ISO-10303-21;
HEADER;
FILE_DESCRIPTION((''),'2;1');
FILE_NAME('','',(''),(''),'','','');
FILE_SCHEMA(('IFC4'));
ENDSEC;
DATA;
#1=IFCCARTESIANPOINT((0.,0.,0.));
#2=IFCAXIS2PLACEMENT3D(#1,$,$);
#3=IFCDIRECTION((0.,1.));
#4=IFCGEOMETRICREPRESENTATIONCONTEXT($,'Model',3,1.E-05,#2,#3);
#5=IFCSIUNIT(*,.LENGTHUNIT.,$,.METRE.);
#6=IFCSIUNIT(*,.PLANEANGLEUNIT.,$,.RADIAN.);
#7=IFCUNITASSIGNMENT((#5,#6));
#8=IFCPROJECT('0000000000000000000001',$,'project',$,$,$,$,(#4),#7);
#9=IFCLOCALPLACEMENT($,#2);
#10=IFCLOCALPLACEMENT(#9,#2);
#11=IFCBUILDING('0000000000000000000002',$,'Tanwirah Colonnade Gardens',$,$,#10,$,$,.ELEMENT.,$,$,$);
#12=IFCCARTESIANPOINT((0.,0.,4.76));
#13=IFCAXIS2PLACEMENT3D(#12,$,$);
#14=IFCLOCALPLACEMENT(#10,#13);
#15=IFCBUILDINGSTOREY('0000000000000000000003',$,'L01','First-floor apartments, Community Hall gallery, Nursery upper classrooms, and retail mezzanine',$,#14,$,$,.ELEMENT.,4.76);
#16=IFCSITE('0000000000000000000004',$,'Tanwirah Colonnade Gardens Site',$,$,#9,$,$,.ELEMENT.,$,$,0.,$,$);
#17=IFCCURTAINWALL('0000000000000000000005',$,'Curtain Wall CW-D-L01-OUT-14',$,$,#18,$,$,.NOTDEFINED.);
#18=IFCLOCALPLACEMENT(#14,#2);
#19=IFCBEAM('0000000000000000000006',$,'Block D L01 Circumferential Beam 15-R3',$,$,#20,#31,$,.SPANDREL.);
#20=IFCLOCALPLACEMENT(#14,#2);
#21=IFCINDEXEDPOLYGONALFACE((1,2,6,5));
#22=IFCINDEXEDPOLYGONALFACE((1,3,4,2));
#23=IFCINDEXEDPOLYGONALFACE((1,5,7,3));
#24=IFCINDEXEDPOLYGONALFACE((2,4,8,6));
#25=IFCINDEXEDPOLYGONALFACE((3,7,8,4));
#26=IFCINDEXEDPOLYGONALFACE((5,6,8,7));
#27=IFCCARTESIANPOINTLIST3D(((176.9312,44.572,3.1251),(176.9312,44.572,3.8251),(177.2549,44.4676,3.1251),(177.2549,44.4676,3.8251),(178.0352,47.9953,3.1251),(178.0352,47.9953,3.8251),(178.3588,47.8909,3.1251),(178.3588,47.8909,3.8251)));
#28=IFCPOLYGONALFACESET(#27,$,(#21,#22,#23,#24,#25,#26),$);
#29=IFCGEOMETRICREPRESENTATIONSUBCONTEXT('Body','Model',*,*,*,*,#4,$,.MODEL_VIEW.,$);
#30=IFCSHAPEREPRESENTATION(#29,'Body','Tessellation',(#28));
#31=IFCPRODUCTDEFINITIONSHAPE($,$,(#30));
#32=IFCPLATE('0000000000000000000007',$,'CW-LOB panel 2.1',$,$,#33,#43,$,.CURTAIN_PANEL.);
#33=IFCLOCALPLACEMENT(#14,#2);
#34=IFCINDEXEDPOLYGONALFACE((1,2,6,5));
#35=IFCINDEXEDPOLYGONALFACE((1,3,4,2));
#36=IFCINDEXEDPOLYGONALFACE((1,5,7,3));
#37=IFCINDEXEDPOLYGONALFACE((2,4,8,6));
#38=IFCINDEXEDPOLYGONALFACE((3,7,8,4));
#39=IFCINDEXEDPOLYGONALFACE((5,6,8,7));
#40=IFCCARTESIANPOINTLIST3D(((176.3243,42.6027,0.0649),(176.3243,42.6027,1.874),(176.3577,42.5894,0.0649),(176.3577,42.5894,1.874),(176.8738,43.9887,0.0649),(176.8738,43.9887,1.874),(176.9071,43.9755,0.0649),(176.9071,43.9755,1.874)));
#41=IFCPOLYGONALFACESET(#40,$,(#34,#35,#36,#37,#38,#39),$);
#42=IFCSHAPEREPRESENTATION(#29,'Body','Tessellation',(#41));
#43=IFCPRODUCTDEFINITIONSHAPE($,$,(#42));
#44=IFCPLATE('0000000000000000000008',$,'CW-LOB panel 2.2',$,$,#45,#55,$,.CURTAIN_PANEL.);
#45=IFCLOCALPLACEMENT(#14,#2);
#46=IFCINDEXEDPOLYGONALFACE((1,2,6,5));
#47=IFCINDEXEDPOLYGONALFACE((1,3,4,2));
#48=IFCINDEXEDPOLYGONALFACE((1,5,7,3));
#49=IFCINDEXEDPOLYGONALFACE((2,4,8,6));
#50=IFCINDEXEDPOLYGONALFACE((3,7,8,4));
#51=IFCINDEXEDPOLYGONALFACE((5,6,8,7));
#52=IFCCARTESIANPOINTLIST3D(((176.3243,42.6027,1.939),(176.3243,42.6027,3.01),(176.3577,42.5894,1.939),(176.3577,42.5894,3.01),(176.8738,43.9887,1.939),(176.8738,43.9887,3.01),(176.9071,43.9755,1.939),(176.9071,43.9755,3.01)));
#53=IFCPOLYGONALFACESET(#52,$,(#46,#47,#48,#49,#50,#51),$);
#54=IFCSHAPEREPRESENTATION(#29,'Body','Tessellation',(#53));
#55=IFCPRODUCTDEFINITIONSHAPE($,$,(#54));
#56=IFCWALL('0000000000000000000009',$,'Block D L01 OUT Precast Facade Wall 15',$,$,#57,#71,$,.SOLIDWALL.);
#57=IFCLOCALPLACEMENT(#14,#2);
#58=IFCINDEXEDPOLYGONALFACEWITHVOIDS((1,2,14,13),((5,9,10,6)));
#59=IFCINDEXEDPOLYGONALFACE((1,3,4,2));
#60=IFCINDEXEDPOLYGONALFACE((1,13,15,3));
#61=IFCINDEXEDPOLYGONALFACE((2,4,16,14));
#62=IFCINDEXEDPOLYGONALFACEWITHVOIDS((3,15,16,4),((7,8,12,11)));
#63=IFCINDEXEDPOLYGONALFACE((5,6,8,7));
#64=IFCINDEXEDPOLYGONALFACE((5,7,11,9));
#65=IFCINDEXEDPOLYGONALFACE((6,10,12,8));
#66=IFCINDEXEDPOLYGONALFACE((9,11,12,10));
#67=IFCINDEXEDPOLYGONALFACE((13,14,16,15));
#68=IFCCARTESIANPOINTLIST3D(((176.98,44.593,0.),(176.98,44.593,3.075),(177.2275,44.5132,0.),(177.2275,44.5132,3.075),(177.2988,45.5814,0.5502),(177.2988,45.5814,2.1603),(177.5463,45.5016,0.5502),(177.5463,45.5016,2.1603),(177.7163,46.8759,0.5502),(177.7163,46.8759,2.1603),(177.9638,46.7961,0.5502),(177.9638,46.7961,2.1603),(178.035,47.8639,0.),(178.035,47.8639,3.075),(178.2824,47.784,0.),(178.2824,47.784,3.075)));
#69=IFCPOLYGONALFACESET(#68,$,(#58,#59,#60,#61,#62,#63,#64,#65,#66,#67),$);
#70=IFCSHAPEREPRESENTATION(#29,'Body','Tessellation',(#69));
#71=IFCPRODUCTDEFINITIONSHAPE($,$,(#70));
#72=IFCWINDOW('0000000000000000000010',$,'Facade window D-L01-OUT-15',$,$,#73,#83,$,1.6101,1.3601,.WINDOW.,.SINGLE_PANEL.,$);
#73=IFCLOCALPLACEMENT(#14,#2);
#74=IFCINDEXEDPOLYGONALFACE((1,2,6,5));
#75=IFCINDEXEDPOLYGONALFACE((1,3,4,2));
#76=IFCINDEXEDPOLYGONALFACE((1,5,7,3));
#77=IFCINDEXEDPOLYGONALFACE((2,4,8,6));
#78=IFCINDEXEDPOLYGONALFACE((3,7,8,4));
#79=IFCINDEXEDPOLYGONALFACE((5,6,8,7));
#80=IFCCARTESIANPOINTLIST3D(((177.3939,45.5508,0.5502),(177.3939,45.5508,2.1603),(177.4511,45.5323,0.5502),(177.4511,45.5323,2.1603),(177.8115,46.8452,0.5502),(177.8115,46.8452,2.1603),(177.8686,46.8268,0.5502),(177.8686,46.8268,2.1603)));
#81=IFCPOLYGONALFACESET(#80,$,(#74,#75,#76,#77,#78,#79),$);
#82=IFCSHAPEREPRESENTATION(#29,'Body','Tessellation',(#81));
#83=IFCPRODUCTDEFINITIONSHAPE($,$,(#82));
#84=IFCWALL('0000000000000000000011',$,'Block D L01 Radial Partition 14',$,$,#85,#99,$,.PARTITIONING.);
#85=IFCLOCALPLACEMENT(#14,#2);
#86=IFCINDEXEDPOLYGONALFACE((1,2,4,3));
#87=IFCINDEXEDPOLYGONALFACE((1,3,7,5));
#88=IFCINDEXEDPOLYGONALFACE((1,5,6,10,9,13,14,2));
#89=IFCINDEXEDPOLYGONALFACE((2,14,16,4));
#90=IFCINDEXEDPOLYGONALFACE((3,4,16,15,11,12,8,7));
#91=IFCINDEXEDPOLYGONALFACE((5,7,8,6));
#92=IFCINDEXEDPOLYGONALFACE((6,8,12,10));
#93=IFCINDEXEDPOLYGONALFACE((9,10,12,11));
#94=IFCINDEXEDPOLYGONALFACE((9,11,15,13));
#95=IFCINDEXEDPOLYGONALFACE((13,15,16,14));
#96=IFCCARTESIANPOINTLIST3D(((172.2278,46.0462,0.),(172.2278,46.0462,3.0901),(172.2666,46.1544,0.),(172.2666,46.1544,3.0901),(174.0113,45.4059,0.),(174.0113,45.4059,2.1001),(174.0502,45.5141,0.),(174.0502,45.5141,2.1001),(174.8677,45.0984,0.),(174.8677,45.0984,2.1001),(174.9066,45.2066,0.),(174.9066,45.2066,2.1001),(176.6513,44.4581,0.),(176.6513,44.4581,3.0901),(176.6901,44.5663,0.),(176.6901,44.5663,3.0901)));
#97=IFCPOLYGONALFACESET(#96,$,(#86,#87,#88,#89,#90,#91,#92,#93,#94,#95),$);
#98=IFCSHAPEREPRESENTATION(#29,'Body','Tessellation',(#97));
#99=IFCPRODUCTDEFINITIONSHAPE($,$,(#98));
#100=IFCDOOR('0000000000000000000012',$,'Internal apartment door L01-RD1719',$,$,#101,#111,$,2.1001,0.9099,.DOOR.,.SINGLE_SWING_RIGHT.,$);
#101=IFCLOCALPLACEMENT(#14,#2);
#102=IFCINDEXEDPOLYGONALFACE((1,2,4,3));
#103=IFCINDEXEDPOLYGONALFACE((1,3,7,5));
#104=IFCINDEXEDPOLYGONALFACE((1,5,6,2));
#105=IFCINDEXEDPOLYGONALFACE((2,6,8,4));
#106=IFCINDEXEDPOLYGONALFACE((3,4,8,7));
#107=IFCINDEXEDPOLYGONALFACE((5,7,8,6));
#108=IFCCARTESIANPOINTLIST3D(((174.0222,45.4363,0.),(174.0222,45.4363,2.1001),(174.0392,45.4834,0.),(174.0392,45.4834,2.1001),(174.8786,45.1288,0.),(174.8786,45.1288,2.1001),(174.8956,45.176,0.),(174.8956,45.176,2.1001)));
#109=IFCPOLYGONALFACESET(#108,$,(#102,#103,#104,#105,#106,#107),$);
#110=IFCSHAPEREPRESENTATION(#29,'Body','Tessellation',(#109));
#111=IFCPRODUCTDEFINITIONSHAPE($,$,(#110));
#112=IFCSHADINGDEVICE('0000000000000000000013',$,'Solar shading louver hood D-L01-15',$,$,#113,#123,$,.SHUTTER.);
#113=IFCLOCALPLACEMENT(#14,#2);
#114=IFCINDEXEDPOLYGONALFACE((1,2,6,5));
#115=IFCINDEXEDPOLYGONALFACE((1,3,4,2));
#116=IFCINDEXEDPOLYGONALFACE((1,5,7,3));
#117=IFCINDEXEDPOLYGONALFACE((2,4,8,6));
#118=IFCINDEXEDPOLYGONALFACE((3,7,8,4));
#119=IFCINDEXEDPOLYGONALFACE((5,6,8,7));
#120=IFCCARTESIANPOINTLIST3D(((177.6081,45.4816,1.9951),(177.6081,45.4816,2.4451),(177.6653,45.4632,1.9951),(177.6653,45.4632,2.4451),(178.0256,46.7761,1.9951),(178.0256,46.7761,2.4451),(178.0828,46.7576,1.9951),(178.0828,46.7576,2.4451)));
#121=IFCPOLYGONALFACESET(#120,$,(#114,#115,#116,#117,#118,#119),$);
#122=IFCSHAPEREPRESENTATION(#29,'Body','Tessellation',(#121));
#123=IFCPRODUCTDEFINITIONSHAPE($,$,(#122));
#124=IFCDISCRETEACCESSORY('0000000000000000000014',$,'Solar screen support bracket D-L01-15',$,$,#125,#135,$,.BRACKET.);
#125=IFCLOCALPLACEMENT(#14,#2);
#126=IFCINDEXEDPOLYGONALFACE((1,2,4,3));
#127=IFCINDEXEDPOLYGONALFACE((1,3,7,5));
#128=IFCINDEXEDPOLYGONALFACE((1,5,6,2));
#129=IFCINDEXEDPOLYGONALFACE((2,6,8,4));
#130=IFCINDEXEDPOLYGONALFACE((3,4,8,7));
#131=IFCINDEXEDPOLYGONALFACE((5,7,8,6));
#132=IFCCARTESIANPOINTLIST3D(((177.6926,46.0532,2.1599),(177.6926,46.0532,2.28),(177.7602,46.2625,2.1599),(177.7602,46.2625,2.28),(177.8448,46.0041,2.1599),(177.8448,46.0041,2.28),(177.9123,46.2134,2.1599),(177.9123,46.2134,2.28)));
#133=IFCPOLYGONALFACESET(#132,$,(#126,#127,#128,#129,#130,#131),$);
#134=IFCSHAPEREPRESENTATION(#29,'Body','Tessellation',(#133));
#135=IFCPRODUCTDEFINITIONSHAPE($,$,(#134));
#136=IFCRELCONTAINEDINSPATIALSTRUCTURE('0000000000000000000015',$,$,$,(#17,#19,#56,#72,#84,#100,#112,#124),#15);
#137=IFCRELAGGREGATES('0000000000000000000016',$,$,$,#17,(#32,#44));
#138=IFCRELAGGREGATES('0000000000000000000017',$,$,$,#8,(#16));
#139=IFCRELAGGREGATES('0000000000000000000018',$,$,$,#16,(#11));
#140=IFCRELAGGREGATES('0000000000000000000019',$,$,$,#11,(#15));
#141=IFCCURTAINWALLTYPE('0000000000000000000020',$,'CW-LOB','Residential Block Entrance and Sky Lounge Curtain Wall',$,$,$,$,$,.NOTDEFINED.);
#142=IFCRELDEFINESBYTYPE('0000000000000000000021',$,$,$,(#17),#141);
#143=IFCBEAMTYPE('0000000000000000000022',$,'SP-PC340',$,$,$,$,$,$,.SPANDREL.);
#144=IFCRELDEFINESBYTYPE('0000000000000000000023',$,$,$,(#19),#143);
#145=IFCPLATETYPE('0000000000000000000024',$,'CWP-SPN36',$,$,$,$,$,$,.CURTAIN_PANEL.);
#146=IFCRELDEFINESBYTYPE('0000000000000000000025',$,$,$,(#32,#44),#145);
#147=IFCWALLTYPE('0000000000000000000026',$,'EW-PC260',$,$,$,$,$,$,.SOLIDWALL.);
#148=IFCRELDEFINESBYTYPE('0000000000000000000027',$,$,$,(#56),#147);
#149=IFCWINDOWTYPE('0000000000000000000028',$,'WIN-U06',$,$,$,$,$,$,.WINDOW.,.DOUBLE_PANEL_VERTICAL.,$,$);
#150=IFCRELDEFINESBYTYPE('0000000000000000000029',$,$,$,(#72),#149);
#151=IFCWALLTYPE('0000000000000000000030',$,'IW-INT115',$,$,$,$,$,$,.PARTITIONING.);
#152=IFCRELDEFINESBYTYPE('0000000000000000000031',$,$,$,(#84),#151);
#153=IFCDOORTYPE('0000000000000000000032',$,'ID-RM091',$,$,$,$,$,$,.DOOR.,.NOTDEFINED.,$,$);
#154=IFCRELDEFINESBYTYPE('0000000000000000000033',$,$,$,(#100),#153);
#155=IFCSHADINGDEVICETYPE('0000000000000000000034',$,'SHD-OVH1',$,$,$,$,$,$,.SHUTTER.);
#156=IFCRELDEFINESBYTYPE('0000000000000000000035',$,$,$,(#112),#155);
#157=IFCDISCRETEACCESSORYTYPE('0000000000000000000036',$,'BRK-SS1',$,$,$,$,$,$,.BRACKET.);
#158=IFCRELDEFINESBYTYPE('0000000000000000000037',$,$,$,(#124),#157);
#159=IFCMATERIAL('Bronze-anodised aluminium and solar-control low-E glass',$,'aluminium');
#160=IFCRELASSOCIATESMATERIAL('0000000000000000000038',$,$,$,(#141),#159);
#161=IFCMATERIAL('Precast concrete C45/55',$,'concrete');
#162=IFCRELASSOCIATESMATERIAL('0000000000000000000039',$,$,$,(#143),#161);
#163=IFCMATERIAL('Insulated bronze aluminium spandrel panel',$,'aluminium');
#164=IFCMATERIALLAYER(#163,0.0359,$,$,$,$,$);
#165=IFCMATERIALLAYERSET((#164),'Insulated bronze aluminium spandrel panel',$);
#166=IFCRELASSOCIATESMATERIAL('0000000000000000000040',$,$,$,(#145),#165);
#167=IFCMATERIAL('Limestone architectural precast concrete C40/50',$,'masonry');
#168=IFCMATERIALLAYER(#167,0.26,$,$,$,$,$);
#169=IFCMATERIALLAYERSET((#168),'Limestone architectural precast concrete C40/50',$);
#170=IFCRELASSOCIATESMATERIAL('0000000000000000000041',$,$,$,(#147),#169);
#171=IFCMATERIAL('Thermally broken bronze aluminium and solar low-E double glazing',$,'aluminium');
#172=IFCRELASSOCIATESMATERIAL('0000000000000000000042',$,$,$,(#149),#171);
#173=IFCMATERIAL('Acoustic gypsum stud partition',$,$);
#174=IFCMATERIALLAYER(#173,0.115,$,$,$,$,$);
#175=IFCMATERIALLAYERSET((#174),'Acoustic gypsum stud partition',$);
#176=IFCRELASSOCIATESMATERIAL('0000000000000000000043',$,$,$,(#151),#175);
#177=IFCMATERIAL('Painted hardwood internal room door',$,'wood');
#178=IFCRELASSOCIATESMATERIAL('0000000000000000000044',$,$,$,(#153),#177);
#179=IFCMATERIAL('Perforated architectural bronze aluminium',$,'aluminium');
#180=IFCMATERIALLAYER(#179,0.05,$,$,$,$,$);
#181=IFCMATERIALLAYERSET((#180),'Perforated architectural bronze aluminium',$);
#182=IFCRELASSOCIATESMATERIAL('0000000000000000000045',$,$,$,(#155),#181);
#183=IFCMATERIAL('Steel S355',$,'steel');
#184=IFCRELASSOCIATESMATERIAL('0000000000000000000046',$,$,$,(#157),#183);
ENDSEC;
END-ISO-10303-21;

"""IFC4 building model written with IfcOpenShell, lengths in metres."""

from ifc_helpers import new_model, si_unit, direction, frame, frame_2d, origin, origin_2d, place, context, subcontext, project, spatial, rectangle, extrude, material, layer, layer_set, material_profile, profile_set, type_object, element, fill, aggregate, save


model = new_model("IFC4")

# Units and contexts
model_context = context("Model", 3, precision=1e-05, world=origin(), true_north=direction((0.0, 1.0)))
body_context = subcontext(model_context, "Body", "Model", "MODEL_VIEW")
ifc_project = project(units=[si_unit("LENGTHUNIT", "METRE"), si_unit("PLANEANGLEUNIT", "RADIAN")], contexts=[model_context])

# Site, building, storey
site_placement = place(None, origin())
site = spatial("IfcSite", under=ifc_project, at=site_placement, Name="Tanwirah Colonnade Gardens Site", CompositionType="ELEMENT", RefElevation=0.0)
building_placement = place(site_placement, origin())
building = spatial("IfcBuilding", under=site, at=building_placement, Name="Tanwirah Colonnade Gardens", CompositionType="ELEMENT")
storey_placement = place(building_placement, frame((0.0, 0.0, 4.76)))
storey = spatial("IfcBuildingStorey", under=building, at=storey_placement, Name="L01", Description="First-floor apartments, Community Hall gallery, Nursery upper classrooms, and retail mezzanine", CompositionType="ELEMENT", Elevation=4.76)

# Shared definitions
ifc_material_1 = material(Name="Precast concrete C45/55", Category="concrete")

# Curtain wall
ifc_material_2 = material(Name="Bronze-anodised aluminium and solar-control low-E glass", Category="aluminium")
curtain_wall_type = type_object("IfcCurtainWallType", Name="CW-LOB", Description="Residential Block Entrance and Sky Lounge Curtain Wall", PredefinedType="NOTDEFINED", material=ifc_material_2)
curtain_wall_placement = place(storey_placement, origin())
curtain_wall = element("IfcCurtainWall", 1, at=curtain_wall_placement, inside=storey, type_object=curtain_wall_type, Name="Curtain Wall CW-D-L01-OUT-14", PredefinedType="NOTDEFINED")

# Beam
ifc_material_profile_1 = material_profile(ifc_material_1, rectangle(XDim=0.3401, YDim=0.7, at=origin_2d()), Name="PC-SP 340x700")
ifc_profile_set_1 = profile_set([ifc_material_profile_1], Name="Precast concrete C45/55")
beam_type_1 = type_object("IfcBeamType", Name="SP-PC340", PredefinedType="SPANDREL", material=ifc_profile_set_1)
beam_1_placement = place(storey_placement, frame((177.093, 44.5198, 3.4751), z_axis=(0.306927, 0.951733, 0.0), x_axis=(-0.951733, 0.306927, 0.0)))
element("IfcBeam", 2, at=beam_1_placement, inside=storey, type_object=beam_type_1, Name="Block D L01 Circumferential Beam 15-R3", PredefinedType="SPANDREL", context=body_context, shape_type="SweptSolid", body=[
    extrude(rectangle(XDim=0.3401, YDim=0.7, at=origin_2d()), origin(), (0.0, 0.0, 1.0), 3.5969),
])

# Plates
ifc_material_3 = material(Name="Insulated bronze aluminium spandrel panel", Category="aluminium")
ifc_layer_1 = layer(ifc_material_3, 0.0359)
ifc_layer_set_1 = layer_set([ifc_layer_1], Name="Insulated bronze aluminium spandrel panel")
plate_type = type_object("IfcPlateType", Name="CWP-SPN36", PredefinedType="CURTAIN_PANEL", material=ifc_layer_set_1)
plate_1_placement = place(storey_placement, frame((176.6157, 43.2891, 0.0649), z_axis=(0.0, 0.0, 1.0), x_axis=(0.368529, 0.929616, 0.0)))
plate_1 = element("IfcPlate", 3, at=plate_1_placement, type_object=plate_type, Name="CW-LOB panel 2.1", PredefinedType="CURTAIN_PANEL", context=body_context, shape_type="SweptSolid", body=[
    extrude(rectangle(XDim=1.491, YDim=0.0359, at=origin_2d()), origin(), (0.0, 0.0, 1.0), 1.8091),
])
plate_2_placement = place(storey_placement, frame((176.6157, 43.2891, 1.939), z_axis=(0.0, 0.0, 1.0), x_axis=(0.368529, 0.929616, 0.0)))
plate_2 = element("IfcPlate", 4, at=plate_2_placement, type_object=plate_type, Name="CW-LOB panel 2.2", PredefinedType="CURTAIN_PANEL", context=body_context, shape_type="SweptSolid", body=[
    extrude(rectangle(XDim=1.491, YDim=0.0359, at=origin_2d()), origin(), (0.0, 0.0, 1.0), 1.071),
])
aggregate(curtain_wall, [plate_1, plate_2])

# Wall, opening, window
ifc_material_4 = material(Name="Limestone architectural precast concrete C40/50", Category="masonry")
ifc_layer_2 = layer(ifc_material_4, 0.26)
ifc_layer_set_2 = layer_set([ifc_layer_2], Name="Limestone architectural precast concrete C40/50")
wall_type_1 = type_object("IfcWallType", Name="EW-PC260", PredefinedType="SOLIDWALL", material=ifc_layer_set_2)
wall_1_placement = place(storey_placement, frame((177.1038, 44.5532, 0.0), z_axis=(0.0, 0.0, 1.0), x_axis=(0.306963, 0.951721, 0.0)))
wall_1 = element("IfcWall", 5, at=wall_1_placement, inside=storey, type_object=wall_type_1, Name="Block D L01 OUT Precast Facade Wall 15", PredefinedType="SOLIDWALL", context=body_context, shape_type="SweptSolid", body=[
    extrude(rectangle(XDim=3.4368, YDim=0.26, at=frame_2d((1.7183, 0.0))), origin(), (0.0, 0.0, 1.0), 3.075),
])
opening_1_placement = place(wall_1_placement, frame((1.0383, 0.0, 0.55)))
opening_1 = element("IfcOpeningElement", 6, at=opening_1_placement, cuts=wall_1, PredefinedType="OPENING", context=body_context, shape_type="SweptSolid", body=[
    extrude(rectangle(XDim=1.3601, YDim=1.6101, at=frame_2d((0.6802, 0.8052))), frame((0.0, 0.1399, 0.0), z_axis=(0.0, -1.0, 0.0), x_axis=(1.0, 0.0, 0.0)), (0.0, 0.0, 1.0), 0.28),
])
ifc_material_5 = material(Name="Thermally broken bronze aluminium and solar low-E double glazing", Category="aluminium")
window_type = type_object("IfcWindowType", Name="WIN-U06", PartitioningType="DOUBLE_PANEL_VERTICAL", PredefinedType="WINDOW", material=ifc_material_5)
window_placement = place(opening_1_placement, origin())
window = element("IfcWindow", 7, at=window_placement, inside=storey, type_object=window_type, Name="Facade window D-L01-OUT-15", OverallHeight=1.6101, OverallWidth=1.3601, PartitioningType="SINGLE_PANEL", PredefinedType="WINDOW", context=body_context, shape_type="SweptSolid", body=[
    extrude(rectangle(XDim=1.3601, YDim=1.6101, at=frame_2d((0.6802, 0.8052))), frame((0.0, 0.03, 0.0), z_axis=(0.0, -1.0, 0.0), x_axis=(1.0, 0.0, 0.0)), (0.0, 0.0, 1.0), 0.0601),
])
fill(opening_1, window)

# Wall, opening, door
ifc_material_6 = material(Name="Acoustic gypsum stud partition")
ifc_layer_3 = layer(ifc_material_6, 0.115)
ifc_layer_set_3 = layer_set([ifc_layer_3], Name="Acoustic gypsum stud partition")
wall_type_2 = type_object("IfcWallType", Name="IW-INT115", PredefinedType="PARTITIONING", material=ifc_layer_set_3)
wall_2_placement = place(storey_placement, frame((172.2471, 46.1003, 0.0), z_axis=(0.0, 0.0, 1.0), x_axis=(0.941182, -0.337899, 0.0)))
wall_2 = element("IfcWall", 8, at=wall_2_placement, inside=storey, type_object=wall_type_2, Name="Block D L01 Radial Partition 14", PredefinedType="PARTITIONING", context=body_context, shape_type="SweptSolid", body=[
    extrude(rectangle(XDim=4.7, YDim=0.115, at=frame_2d((2.3501, 0.0))), origin(), (0.0, 0.0, 1.0), 3.0901),
])
opening_2_placement = place(wall_2_placement, frame((1.895, 0.0, 0.0)))
opening_2 = element("IfcOpeningElement", 9, at=opening_2_placement, cuts=wall_2, PredefinedType="OPENING", context=body_context, shape_type="SweptSolid", body=[
    extrude(rectangle(XDim=0.9099, YDim=2.1001, at=frame_2d((0.4551, 1.05))), frame((0.0, 0.0674, 0.0), z_axis=(0.0, -1.0, 0.0), x_axis=(1.0, 0.0, 0.0)), (0.0, 0.0, 1.0), 0.135),
])
ifc_material_7 = material(Name="Painted hardwood internal room door", Category="wood")
door_type_1 = type_object("IfcDoorType", Name="ID-RM091", OperationType="NOTDEFINED", PredefinedType="DOOR", material=ifc_material_7)
door_1_placement = place(opening_2_placement, origin())
door_1 = element("IfcDoor", 10, at=door_1_placement, inside=storey, type_object=door_type_1, Name="Internal apartment door L01-RD1719", OperationType="SINGLE_SWING_RIGHT", OverallHeight=2.1001, OverallWidth=0.9099, PredefinedType="DOOR", context=body_context, shape_type="SweptSolid", body=[
    extrude(rectangle(XDim=0.9099, YDim=2.1001, at=frame_2d((0.4551, 1.05))), frame((0.0, 0.0249, 0.0), z_axis=(0.0, -1.0, 0.0), x_axis=(1.0, 0.0, 0.0)), (0.0, 0.0, 1.0), 0.05),
])
fill(opening_2, door_1)

# Shading device
ifc_material_8 = material(Name="Perforated architectural bronze aluminium", Category="aluminium")
ifc_layer_4 = layer(ifc_material_8, 0.05)
ifc_layer_set_4 = layer_set([ifc_layer_4], Name="Perforated architectural bronze aluminium")
shading_device_type = type_object("IfcShadingDeviceType", Name="SHD-OVH1", PredefinedType="SHUTTER", material=ifc_layer_set_4)
shading_device_placement = place(storey_placement, frame((177.8455, 46.1196, 1.9951), z_axis=(0.0, 0.0, 1.0), x_axis=(0.306942, 0.951728, 0.0)))
element("IfcShadingDevice", 11, at=shading_device_placement, inside=storey, type_object=shading_device_type, Name="Solar shading louver hood D-L01-15", PredefinedType="SHUTTER", context=body_context, shape_type="SweptSolid", body=[
    extrude(rectangle(XDim=1.3601, YDim=0.0601, at=origin_2d()), origin(), (0.0, 0.0, 1.0), 0.45),
])

# Discrete accessory
ifc_material_9 = material(Name="Steel S355", Category="steel")
discrete_accessory_type = type_object("IfcDiscreteAccessoryType", Name="BRK-SS1", PredefinedType="BRACKET", material=ifc_material_9)
discrete_accessory_placement = place(storey_placement, frame((177.8025, 46.1333, 2.1599), z_axis=(0.0, 0.0, 1.0), x_axis=(0.306942, 0.951728, 0.0)))
element("IfcDiscreteAccessory", 12, at=discrete_accessory_placement, inside=storey, type_object=discrete_accessory_type, Name="Solar screen support bracket D-L01-15", PredefinedType="BRACKET", context=body_context, shape_type="SweptSolid", body=[
    extrude(rectangle(XDim=0.22, YDim=0.1599, at=origin_2d()), origin(), (0.0, 0.0, 1.0), 0.1201),
])

save(model, "model.ifc")
